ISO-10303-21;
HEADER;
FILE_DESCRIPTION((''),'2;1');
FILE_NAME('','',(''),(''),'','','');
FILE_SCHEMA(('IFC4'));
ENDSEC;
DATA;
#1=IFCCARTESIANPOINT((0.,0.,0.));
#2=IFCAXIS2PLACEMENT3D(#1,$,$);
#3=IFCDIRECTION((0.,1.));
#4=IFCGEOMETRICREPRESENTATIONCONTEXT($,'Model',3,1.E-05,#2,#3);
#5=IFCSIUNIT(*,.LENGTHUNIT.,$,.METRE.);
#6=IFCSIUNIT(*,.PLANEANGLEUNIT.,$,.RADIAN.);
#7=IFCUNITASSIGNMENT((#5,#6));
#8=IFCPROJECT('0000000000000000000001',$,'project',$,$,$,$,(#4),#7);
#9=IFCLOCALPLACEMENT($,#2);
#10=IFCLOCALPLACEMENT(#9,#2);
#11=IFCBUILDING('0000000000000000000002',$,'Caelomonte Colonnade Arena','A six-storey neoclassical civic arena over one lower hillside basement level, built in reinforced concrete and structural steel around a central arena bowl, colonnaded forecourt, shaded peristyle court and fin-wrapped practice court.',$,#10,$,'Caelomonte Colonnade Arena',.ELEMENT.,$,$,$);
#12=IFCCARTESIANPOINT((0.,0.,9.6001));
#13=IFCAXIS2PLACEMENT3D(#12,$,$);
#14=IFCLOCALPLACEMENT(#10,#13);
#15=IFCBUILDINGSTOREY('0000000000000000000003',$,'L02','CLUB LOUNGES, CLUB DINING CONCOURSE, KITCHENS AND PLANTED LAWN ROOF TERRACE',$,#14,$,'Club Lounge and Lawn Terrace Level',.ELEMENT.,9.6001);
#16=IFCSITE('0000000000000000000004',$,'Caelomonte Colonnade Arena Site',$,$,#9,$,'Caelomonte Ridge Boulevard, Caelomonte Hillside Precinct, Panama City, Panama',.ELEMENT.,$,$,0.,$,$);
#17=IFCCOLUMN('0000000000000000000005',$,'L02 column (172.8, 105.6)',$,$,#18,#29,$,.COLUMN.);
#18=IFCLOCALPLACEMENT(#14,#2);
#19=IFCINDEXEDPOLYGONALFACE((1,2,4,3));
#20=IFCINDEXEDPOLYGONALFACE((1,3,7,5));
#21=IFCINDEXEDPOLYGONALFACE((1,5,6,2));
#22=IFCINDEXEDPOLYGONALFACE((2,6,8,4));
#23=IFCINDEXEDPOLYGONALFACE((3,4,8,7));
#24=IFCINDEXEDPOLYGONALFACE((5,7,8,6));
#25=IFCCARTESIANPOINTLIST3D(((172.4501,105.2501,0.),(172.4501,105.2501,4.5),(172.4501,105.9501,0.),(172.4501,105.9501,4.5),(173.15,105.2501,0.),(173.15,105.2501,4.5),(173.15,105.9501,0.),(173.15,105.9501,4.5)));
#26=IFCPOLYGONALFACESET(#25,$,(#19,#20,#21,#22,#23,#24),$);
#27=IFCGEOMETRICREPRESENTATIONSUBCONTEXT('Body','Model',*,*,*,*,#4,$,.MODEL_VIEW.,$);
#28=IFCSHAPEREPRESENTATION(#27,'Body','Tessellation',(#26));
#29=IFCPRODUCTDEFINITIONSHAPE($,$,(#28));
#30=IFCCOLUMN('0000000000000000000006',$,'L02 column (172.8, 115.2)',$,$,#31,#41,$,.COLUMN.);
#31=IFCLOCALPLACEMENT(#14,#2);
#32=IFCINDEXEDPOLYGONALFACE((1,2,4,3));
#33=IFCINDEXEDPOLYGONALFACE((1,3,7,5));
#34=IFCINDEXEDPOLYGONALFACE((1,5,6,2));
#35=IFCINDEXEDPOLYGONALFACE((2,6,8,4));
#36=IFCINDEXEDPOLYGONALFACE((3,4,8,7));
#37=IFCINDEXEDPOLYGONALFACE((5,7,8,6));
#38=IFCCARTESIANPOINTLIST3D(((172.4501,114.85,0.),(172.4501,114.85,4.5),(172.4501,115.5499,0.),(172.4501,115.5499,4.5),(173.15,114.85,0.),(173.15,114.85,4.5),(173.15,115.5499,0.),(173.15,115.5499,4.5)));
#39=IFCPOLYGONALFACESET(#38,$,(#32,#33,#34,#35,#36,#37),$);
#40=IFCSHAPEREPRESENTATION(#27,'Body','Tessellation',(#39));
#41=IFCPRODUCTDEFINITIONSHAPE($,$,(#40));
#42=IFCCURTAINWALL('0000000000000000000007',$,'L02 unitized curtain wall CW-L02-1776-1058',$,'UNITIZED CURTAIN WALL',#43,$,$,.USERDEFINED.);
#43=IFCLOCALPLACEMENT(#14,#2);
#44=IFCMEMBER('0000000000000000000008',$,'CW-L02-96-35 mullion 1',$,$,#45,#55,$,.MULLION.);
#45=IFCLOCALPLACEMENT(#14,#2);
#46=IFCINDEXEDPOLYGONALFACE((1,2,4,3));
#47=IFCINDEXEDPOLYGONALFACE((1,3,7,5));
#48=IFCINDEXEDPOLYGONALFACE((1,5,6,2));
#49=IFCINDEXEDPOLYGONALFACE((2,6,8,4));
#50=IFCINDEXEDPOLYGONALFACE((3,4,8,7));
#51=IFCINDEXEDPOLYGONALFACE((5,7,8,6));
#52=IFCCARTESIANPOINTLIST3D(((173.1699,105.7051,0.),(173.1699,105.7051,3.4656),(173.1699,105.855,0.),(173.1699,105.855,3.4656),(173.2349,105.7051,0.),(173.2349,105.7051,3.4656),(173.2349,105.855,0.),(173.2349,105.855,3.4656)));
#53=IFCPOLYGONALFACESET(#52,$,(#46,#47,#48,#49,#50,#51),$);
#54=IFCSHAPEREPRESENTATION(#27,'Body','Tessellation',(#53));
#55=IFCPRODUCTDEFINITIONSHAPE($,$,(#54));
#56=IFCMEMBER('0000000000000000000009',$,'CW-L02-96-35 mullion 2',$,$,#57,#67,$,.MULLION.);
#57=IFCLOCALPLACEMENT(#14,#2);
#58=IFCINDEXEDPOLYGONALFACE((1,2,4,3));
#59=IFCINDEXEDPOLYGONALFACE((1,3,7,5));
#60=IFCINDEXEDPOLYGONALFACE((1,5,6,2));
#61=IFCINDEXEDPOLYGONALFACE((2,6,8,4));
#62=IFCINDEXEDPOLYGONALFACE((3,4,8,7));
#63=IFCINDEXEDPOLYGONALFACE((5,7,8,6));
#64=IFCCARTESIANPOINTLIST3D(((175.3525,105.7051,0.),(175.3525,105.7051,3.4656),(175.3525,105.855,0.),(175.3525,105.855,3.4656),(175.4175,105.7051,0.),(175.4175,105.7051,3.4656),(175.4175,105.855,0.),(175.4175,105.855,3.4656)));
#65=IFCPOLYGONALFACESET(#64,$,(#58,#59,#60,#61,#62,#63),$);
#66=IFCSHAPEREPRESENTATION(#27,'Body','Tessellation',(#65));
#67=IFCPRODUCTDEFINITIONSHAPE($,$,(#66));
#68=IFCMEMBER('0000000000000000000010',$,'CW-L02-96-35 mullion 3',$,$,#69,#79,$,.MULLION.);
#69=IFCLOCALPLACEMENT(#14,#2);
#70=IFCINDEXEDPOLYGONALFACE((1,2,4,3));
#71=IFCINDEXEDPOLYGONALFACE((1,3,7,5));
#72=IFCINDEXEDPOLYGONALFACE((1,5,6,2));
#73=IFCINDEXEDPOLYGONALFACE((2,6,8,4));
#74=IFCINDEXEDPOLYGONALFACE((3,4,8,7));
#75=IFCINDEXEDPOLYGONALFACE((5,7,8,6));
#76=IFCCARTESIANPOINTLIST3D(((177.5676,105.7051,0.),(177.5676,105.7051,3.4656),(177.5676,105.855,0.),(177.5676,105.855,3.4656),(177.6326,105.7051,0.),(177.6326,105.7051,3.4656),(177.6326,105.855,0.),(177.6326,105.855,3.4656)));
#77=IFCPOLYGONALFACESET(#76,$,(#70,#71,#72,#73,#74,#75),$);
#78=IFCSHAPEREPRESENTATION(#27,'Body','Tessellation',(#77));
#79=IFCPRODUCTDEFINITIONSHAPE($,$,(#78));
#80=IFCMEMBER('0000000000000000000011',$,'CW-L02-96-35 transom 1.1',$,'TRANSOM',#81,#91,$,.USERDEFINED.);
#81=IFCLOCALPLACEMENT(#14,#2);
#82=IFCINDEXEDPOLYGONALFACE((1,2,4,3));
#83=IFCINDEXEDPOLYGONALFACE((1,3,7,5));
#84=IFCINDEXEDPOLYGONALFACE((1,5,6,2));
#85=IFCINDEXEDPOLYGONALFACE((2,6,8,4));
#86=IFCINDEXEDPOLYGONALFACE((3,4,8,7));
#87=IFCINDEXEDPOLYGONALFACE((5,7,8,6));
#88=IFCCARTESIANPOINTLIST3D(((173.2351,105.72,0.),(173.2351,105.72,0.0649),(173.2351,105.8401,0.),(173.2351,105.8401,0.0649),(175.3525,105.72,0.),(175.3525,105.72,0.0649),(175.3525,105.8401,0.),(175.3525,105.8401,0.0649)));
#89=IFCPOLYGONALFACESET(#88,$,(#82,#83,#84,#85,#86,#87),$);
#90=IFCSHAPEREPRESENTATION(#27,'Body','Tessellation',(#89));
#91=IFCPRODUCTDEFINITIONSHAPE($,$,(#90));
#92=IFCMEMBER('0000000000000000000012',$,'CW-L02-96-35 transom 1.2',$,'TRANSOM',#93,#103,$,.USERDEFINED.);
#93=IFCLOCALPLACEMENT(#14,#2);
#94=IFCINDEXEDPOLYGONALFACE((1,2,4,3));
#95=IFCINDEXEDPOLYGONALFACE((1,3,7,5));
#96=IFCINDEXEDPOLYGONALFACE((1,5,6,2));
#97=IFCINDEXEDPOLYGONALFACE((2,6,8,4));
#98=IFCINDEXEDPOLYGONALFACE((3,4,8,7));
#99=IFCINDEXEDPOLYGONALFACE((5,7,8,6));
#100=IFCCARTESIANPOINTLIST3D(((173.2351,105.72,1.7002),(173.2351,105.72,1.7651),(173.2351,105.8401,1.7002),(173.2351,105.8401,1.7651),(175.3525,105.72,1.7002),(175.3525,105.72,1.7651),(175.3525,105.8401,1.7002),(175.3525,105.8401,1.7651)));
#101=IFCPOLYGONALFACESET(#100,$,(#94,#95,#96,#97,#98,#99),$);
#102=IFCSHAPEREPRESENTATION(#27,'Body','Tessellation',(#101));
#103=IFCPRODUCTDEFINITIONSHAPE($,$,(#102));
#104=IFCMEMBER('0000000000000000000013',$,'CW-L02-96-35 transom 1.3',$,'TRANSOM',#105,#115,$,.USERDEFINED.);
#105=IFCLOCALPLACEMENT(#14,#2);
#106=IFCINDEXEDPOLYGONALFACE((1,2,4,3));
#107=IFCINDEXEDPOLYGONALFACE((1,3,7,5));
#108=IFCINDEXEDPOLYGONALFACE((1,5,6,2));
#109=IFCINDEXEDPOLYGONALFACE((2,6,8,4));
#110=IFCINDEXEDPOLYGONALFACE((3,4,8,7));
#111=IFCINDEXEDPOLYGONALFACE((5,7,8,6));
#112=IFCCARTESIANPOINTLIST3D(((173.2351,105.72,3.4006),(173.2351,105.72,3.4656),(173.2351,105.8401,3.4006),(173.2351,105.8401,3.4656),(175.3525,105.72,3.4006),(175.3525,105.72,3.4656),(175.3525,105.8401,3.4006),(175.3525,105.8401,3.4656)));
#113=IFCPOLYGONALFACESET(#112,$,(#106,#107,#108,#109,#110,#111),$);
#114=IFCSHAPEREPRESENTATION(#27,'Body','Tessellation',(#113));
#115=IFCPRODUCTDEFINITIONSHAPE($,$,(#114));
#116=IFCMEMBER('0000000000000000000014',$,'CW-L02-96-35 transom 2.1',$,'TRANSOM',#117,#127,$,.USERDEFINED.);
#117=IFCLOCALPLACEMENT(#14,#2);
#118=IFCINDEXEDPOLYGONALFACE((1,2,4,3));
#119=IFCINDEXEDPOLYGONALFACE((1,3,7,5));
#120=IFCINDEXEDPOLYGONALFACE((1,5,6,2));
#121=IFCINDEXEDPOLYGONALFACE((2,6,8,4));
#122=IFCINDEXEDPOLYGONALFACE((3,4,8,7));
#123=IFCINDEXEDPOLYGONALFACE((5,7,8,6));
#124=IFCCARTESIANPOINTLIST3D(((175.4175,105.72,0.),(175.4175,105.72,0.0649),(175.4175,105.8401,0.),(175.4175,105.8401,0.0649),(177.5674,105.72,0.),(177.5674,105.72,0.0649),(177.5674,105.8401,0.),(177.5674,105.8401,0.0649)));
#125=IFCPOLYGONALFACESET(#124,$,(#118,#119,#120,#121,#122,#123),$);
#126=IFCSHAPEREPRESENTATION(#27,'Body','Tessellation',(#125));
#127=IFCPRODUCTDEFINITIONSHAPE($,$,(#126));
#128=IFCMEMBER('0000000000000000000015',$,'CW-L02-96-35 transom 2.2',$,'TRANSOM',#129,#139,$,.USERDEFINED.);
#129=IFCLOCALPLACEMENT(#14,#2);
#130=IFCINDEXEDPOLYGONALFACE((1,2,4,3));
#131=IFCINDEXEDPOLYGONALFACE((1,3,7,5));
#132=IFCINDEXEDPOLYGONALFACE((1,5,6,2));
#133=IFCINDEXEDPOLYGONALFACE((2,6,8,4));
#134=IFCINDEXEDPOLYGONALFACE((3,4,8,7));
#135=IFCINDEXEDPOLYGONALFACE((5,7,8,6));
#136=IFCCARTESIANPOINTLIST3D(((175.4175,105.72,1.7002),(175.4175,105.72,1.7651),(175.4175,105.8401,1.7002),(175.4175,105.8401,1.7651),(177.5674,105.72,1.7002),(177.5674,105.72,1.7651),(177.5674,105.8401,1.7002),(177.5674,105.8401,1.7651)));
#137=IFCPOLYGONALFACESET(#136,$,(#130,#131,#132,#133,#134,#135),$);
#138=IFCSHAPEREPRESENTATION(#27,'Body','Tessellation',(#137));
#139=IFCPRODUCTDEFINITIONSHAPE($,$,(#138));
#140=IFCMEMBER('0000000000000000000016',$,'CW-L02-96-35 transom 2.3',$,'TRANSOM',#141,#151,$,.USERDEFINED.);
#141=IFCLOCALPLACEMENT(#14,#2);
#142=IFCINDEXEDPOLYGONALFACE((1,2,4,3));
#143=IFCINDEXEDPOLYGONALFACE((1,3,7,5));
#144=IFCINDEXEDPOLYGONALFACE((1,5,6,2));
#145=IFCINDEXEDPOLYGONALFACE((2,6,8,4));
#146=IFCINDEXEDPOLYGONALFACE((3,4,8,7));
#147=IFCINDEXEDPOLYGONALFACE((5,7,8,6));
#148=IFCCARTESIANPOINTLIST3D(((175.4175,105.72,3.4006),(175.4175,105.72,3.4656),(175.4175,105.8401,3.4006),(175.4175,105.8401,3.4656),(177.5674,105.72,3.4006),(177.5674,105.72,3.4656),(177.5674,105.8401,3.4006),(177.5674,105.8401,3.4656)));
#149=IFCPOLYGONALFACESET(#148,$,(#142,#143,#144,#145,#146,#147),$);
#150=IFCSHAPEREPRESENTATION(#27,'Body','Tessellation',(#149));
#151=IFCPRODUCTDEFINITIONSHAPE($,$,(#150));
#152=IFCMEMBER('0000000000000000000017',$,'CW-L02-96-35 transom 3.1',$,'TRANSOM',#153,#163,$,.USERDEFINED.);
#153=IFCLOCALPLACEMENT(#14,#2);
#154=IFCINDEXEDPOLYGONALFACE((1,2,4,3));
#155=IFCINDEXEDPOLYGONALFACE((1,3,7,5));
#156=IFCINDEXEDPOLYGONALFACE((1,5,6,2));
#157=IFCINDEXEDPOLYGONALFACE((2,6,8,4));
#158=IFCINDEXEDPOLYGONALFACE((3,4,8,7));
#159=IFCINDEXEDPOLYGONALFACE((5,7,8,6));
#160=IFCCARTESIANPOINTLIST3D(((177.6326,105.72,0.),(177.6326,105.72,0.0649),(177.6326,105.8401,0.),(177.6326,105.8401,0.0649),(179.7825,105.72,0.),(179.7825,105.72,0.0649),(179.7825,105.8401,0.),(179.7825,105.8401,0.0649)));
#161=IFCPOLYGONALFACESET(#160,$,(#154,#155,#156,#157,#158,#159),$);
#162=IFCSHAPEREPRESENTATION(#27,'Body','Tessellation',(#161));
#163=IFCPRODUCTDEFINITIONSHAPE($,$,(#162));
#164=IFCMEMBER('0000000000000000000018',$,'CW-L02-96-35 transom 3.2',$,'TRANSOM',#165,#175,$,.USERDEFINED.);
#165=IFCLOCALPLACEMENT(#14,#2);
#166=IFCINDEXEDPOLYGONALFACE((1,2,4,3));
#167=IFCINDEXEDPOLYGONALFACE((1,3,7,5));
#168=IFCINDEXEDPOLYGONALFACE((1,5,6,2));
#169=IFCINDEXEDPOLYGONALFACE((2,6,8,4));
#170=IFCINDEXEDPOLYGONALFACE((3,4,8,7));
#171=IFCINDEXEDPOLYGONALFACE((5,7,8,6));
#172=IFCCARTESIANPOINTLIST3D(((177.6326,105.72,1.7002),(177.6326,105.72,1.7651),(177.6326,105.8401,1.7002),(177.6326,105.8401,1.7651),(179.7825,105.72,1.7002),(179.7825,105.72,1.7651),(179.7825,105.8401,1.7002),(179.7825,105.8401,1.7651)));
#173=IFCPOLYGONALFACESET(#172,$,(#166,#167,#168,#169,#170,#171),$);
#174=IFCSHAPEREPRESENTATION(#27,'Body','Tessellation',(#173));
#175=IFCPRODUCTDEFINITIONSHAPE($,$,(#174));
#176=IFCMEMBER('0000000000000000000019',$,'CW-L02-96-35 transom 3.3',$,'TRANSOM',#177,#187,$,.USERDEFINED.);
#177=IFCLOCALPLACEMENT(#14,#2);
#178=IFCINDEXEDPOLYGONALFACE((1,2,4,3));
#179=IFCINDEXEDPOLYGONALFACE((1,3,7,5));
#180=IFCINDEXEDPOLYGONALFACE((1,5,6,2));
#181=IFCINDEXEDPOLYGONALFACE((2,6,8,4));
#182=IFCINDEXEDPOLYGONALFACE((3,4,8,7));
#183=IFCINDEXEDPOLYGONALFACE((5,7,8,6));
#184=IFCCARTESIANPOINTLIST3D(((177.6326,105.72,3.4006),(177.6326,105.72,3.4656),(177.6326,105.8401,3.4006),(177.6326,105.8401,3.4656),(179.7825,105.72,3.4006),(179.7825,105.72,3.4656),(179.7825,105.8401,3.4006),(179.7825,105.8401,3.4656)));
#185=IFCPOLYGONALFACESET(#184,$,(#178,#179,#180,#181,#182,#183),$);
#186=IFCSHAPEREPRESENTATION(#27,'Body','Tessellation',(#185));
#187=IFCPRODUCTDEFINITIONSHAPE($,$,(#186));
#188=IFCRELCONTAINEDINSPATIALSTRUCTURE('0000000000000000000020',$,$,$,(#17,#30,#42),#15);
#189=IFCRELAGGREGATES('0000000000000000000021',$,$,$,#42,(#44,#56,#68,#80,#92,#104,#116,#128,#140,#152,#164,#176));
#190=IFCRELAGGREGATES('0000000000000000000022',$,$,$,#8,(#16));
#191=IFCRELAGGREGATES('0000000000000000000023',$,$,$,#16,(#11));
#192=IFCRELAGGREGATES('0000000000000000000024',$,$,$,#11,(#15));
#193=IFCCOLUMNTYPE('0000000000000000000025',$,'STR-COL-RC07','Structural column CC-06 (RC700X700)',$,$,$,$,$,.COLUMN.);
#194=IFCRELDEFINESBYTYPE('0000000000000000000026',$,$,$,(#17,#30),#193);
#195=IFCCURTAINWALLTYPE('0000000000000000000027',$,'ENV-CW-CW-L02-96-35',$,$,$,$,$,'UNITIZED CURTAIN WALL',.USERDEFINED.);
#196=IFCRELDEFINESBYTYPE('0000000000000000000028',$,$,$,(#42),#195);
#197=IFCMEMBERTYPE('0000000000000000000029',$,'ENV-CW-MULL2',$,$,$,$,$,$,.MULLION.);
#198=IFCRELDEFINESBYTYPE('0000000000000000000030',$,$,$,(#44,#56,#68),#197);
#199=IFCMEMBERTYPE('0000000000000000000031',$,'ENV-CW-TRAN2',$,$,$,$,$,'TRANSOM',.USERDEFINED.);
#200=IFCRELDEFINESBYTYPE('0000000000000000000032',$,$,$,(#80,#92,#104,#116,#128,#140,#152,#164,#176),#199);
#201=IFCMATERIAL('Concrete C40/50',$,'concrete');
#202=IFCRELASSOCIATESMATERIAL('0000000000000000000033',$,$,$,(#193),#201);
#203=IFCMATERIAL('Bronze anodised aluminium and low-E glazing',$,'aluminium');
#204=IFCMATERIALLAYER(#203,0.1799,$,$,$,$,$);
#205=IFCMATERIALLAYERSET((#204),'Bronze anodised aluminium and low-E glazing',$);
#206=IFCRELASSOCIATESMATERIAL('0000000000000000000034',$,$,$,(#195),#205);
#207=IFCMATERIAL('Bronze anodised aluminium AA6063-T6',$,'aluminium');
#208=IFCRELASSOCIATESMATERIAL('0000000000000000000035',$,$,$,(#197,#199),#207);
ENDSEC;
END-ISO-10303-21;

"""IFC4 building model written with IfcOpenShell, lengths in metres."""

from ifc_helpers import new_model, si_unit, direction, frame, origin, origin_2d, place, context, subcontext, project, spatial, rectangle, extrude, material, layer, layer_set, material_profile, profile_set, type_object, element, aggregate, save


model = new_model("IFC4")

# Units and contexts
model_context = context("Model", 3, precision=1e-05, world=origin(), true_north=direction((0.0, 1.0)))
body_context = subcontext(model_context, "Body", "Model", "MODEL_VIEW")
ifc_project = project(units=[si_unit("LENGTHUNIT", "METRE"), si_unit("PLANEANGLEUNIT", "RADIAN")], contexts=[model_context])

# Site, building, storey
site_placement = place(None, origin())
site = spatial("IfcSite", under=ifc_project, at=site_placement, Name="Caelomonte Colonnade Arena Site", LongName="Caelomonte Ridge Boulevard, Caelomonte Hillside Precinct, Panama City, Panama", CompositionType="ELEMENT", RefElevation=0.0)
building_placement = place(site_placement, origin())
building = spatial("IfcBuilding", under=site, at=building_placement, Name="Caelomonte Colonnade Arena", Description="A six-storey neoclassical civic arena over one lower hillside basement level, built in reinforced concrete and structural steel around a central arena bowl, colonnaded forecourt, shaded peristyle court and fin-wrapped practice court.", LongName="Caelomonte Colonnade Arena", CompositionType="ELEMENT")
storey_placement = place(building_placement, frame((0.0, 0.0, 9.6001)))
storey = spatial("IfcBuildingStorey", under=building, at=storey_placement, Name="L02", Description="CLUB LOUNGES, CLUB DINING CONCOURSE, KITCHENS AND PLANTED LAWN ROOF TERRACE", LongName="Club Lounge and Lawn Terrace Level", CompositionType="ELEMENT", Elevation=9.6001)

# Columns
ifc_material_1 = material(Name="Concrete C40/50", Category="concrete")
ifc_material_profile_1 = material_profile(ifc_material_1, rectangle(XDim=0.7, YDim=0.7, at=origin_2d()), Name="RC700X700")
ifc_profile_set_1 = profile_set([ifc_material_profile_1], Name="Concrete C40/50")
column_type = type_object("IfcColumnType", Name="STR-COL-RC07", Description="Structural column CC-06 (RC700X700)", PredefinedType="COLUMN", material=ifc_profile_set_1)
for number, where, z_axis, x_axis, name in (
    (1, (172.8, 105.6001, 0.0), (0.0, 0.0, 1.0), (1.0, 0.0, 0.0), "L02 column (172.8, 105.6)"),
    (2, (172.8, 115.2, 0.0), (0.0, 0.0, 1.0), (1.0, 0.0, 0.0), "L02 column (172.8, 115.2)"),
):
    element("IfcColumn", number, at=place(storey_placement, frame(where, z_axis=z_axis, x_axis=x_axis)), inside=storey, type_object=column_type, Name=name, PredefinedType="COLUMN", context=body_context, shape_type="SweptSolid", body=[
        extrude(rectangle(XDim=0.7, YDim=0.7, at=origin_2d()), origin(), (0.0, 0.0, 1.0), 4.5),
    ])

# Curtain wall, members
ifc_material_2 = material(Name="Bronze anodised aluminium and low-E glazing", Category="aluminium")
ifc_layer_1 = layer(ifc_material_2, 0.1799)
ifc_layer_set_1 = layer_set([ifc_layer_1], Name="Bronze anodised aluminium and low-E glazing")
curtain_wall_type = type_object("IfcCurtainWallType", Name="ENV-CW-CW-L02-96-35", ElementType="UNITIZED CURTAIN WALL", PredefinedType="USERDEFINED", material=ifc_layer_set_1)
curtain_wall_placement = place(storey_placement, origin())
curtain_wall = element("IfcCurtainWall", 3, at=curtain_wall_placement, inside=storey, type_object=curtain_wall_type, Name="L02 unitized curtain wall CW-L02-1776-1058", ObjectType="UNITIZED CURTAIN WALL", PredefinedType="USERDEFINED")
ifc_material_3 = material(Name="Bronze anodised aluminium AA6063-T6", Category="aluminium")
ifc_material_profile_2 = material_profile(ifc_material_3, rectangle(XDim=0.0649, YDim=0.1499, at=origin_2d()), Name="CWM-65X150")
ifc_profile_set_2 = profile_set([ifc_material_profile_2], Name="Bronze anodised aluminium AA6063-T6")
member_type_1 = type_object("IfcMemberType", Name="ENV-CW-MULL2", PredefinedType="MULLION", material=ifc_profile_set_2)
member_1_placement = place(storey_placement, frame((173.2024, 105.78, 0.0), z_axis=(0.0, 0.0, 1.0), x_axis=(1.0, 0.0, 0.0)))
member_1 = element("IfcMember", 4, at=member_1_placement, type_object=member_type_1, Name="CW-L02-96-35 mullion 1", PredefinedType="MULLION", context=body_context, shape_type="SweptSolid", body=[
    extrude(rectangle(XDim=0.0649, YDim=0.1499, at=origin_2d()), origin(), (0.0, 0.0, 1.0), 3.4656),
])
member_2_placement = place(storey_placement, frame((175.385, 105.78, 0.0), z_axis=(0.0, 0.0, 1.0), x_axis=(1.0, 0.0, 0.0)))
member_2 = element("IfcMember", 5, at=member_2_placement, type_object=member_type_1, Name="CW-L02-96-35 mullion 2", PredefinedType="MULLION", context=body_context, shape_type="SweptSolid", body=[
    extrude(rectangle(XDim=0.0649, YDim=0.1499, at=origin_2d()), origin(), (0.0, 0.0, 1.0), 3.4656),
])
member_3_placement = place(storey_placement, frame((177.6001, 105.78, 0.0), z_axis=(0.0, 0.0, 1.0), x_axis=(1.0, 0.0, 0.0)))
member_3 = element("IfcMember", 6, at=member_3_placement, type_object=member_type_1, Name="CW-L02-96-35 mullion 3", PredefinedType="MULLION", context=body_context, shape_type="SweptSolid", body=[
    extrude(rectangle(XDim=0.0649, YDim=0.1499, at=origin_2d()), origin(), (0.0, 0.0, 1.0), 3.4656),
])
ifc_material_profile_3 = material_profile(ifc_material_3, rectangle(XDim=0.0649, YDim=0.1201, at=origin_2d()), Name="CWT-65X120")
ifc_profile_set_3 = profile_set([ifc_material_profile_3], Name="Bronze anodised aluminium AA6063-T6")
member_type_2 = type_object("IfcMemberType", Name="ENV-CW-TRAN2", ElementType="TRANSOM", PredefinedType="USERDEFINED", material=ifc_profile_set_3)
member_4_placement = place(storey_placement, frame((173.2351, 105.78, 0.0325), z_axis=(1.0, 0.0, 0.0), x_axis=(0.0, 0.0, 1.0)))
member_4 = element("IfcMember", 7, at=member_4_placement, type_object=member_type_2, Name="CW-L02-96-35 transom 1.1", ObjectType="TRANSOM", PredefinedType="USERDEFINED", context=body_context, shape_type="SweptSolid", body=[
    extrude(rectangle(XDim=0.0649, YDim=0.1201, at=origin_2d()), origin(), (0.0, 0.0, 1.0), 2.1174),
])
member_5_placement = place(storey_placement, frame((173.2351, 105.78, 1.7327), z_axis=(1.0, 0.0, 0.0), x_axis=(0.0, 0.0, 1.0)))
member_5 = element("IfcMember", 8, at=member_5_placement, type_object=member_type_2, Name="CW-L02-96-35 transom 1.2", ObjectType="TRANSOM", PredefinedType="USERDEFINED", context=body_context, shape_type="SweptSolid", body=[
    extrude(rectangle(XDim=0.0649, YDim=0.1201, at=origin_2d()), origin(), (0.0, 0.0, 1.0), 2.1174),
])
member_6_placement = place(storey_placement, frame((173.2351, 105.78, 3.4331), z_axis=(1.0, 0.0, 0.0), x_axis=(0.0, 0.0, 1.0)))
member_6 = element("IfcMember", 9, at=member_6_placement, type_object=member_type_2, Name="CW-L02-96-35 transom 1.3", ObjectType="TRANSOM", PredefinedType="USERDEFINED", context=body_context, shape_type="SweptSolid", body=[
    extrude(rectangle(XDim=0.0649, YDim=0.1201, at=origin_2d()), origin(), (0.0, 0.0, 1.0), 2.1174),
])
member_7_placement = place(storey_placement, frame((175.4175, 105.78, 0.0325), z_axis=(1.0, 0.0, 0.0), x_axis=(0.0, 0.0, 1.0)))
member_7 = element("IfcMember", 10, at=member_7_placement, type_object=member_type_2, Name="CW-L02-96-35 transom 2.1", ObjectType="TRANSOM", PredefinedType="USERDEFINED", context=body_context, shape_type="SweptSolid", body=[
    extrude(rectangle(XDim=0.0649, YDim=0.1201, at=origin_2d()), origin(), (0.0, 0.0, 1.0), 2.1499),
])
member_8_placement = place(storey_placement, frame((175.4175, 105.78, 1.7327), z_axis=(1.0, 0.0, 0.0), x_axis=(0.0, 0.0, 1.0)))
member_8 = element("IfcMember", 11, at=member_8_placement, type_object=member_type_2, Name="CW-L02-96-35 transom 2.2", ObjectType="TRANSOM", PredefinedType="USERDEFINED", context=body_context, shape_type="SweptSolid", body=[
    extrude(rectangle(XDim=0.0649, YDim=0.1201, at=origin_2d()), origin(), (0.0, 0.0, 1.0), 2.1499),
])
member_9_placement = place(storey_placement, frame((175.4175, 105.78, 3.4331), z_axis=(1.0, 0.0, 0.0), x_axis=(0.0, 0.0, 1.0)))
member_9 = element("IfcMember", 12, at=member_9_placement, type_object=member_type_2, Name="CW-L02-96-35 transom 2.3", ObjectType="TRANSOM", PredefinedType="USERDEFINED", context=body_context, shape_type="SweptSolid", body=[
    extrude(rectangle(XDim=0.0649, YDim=0.1201, at=origin_2d()), origin(), (0.0, 0.0, 1.0), 2.1499),
])
member_10_placement = place(storey_placement, frame((177.6326, 105.78, 0.0325), z_axis=(1.0, 0.0, 0.0), x_axis=(0.0, 0.0, 1.0)))
member_10 = element("IfcMember", 13, at=member_10_placement, type_object=member_type_2, Name="CW-L02-96-35 transom 3.1", ObjectType="TRANSOM", PredefinedType="USERDEFINED", context=body_context, shape_type="SweptSolid", body=[
    extrude(rectangle(XDim=0.0649, YDim=0.1201, at=origin_2d()), origin(), (0.0, 0.0, 1.0), 2.1499),
])
member_11_placement = place(storey_placement, frame((177.6326, 105.78, 1.7327), z_axis=(1.0, 0.0, 0.0), x_axis=(0.0, 0.0, 1.0)))
member_11 = element("IfcMember", 14, at=member_11_placement, type_object=member_type_2, Name="CW-L02-96-35 transom 3.2", ObjectType="TRANSOM", PredefinedType="USERDEFINED", context=body_context, shape_type="SweptSolid", body=[
    extrude(rectangle(XDim=0.0649, YDim=0.1201, at=origin_2d()), origin(), (0.0, 0.0, 1.0), 2.1499),
])
member_12_placement = place(storey_placement, frame((177.6326, 105.78, 3.4331), z_axis=(1.0, 0.0, 0.0), x_axis=(0.0, 0.0, 1.0)))
member_12 = element("IfcMember", 15, at=member_12_placement, type_object=member_type_2, Name="CW-L02-96-35 transom 3.3", ObjectType="TRANSOM", PredefinedType="USERDEFINED", context=body_context, shape_type="SweptSolid", body=[
    extrude(rectangle(XDim=0.0649, YDim=0.1201, at=origin_2d()), origin(), (0.0, 0.0, 1.0), 2.1499),
])

aggregate(curtain_wall, [member_1, member_2, member_3, member_4, member_5, member_6, member_7, member_8, member_9, member_10, member_11, member_12])

save(model, "model.ifc")
